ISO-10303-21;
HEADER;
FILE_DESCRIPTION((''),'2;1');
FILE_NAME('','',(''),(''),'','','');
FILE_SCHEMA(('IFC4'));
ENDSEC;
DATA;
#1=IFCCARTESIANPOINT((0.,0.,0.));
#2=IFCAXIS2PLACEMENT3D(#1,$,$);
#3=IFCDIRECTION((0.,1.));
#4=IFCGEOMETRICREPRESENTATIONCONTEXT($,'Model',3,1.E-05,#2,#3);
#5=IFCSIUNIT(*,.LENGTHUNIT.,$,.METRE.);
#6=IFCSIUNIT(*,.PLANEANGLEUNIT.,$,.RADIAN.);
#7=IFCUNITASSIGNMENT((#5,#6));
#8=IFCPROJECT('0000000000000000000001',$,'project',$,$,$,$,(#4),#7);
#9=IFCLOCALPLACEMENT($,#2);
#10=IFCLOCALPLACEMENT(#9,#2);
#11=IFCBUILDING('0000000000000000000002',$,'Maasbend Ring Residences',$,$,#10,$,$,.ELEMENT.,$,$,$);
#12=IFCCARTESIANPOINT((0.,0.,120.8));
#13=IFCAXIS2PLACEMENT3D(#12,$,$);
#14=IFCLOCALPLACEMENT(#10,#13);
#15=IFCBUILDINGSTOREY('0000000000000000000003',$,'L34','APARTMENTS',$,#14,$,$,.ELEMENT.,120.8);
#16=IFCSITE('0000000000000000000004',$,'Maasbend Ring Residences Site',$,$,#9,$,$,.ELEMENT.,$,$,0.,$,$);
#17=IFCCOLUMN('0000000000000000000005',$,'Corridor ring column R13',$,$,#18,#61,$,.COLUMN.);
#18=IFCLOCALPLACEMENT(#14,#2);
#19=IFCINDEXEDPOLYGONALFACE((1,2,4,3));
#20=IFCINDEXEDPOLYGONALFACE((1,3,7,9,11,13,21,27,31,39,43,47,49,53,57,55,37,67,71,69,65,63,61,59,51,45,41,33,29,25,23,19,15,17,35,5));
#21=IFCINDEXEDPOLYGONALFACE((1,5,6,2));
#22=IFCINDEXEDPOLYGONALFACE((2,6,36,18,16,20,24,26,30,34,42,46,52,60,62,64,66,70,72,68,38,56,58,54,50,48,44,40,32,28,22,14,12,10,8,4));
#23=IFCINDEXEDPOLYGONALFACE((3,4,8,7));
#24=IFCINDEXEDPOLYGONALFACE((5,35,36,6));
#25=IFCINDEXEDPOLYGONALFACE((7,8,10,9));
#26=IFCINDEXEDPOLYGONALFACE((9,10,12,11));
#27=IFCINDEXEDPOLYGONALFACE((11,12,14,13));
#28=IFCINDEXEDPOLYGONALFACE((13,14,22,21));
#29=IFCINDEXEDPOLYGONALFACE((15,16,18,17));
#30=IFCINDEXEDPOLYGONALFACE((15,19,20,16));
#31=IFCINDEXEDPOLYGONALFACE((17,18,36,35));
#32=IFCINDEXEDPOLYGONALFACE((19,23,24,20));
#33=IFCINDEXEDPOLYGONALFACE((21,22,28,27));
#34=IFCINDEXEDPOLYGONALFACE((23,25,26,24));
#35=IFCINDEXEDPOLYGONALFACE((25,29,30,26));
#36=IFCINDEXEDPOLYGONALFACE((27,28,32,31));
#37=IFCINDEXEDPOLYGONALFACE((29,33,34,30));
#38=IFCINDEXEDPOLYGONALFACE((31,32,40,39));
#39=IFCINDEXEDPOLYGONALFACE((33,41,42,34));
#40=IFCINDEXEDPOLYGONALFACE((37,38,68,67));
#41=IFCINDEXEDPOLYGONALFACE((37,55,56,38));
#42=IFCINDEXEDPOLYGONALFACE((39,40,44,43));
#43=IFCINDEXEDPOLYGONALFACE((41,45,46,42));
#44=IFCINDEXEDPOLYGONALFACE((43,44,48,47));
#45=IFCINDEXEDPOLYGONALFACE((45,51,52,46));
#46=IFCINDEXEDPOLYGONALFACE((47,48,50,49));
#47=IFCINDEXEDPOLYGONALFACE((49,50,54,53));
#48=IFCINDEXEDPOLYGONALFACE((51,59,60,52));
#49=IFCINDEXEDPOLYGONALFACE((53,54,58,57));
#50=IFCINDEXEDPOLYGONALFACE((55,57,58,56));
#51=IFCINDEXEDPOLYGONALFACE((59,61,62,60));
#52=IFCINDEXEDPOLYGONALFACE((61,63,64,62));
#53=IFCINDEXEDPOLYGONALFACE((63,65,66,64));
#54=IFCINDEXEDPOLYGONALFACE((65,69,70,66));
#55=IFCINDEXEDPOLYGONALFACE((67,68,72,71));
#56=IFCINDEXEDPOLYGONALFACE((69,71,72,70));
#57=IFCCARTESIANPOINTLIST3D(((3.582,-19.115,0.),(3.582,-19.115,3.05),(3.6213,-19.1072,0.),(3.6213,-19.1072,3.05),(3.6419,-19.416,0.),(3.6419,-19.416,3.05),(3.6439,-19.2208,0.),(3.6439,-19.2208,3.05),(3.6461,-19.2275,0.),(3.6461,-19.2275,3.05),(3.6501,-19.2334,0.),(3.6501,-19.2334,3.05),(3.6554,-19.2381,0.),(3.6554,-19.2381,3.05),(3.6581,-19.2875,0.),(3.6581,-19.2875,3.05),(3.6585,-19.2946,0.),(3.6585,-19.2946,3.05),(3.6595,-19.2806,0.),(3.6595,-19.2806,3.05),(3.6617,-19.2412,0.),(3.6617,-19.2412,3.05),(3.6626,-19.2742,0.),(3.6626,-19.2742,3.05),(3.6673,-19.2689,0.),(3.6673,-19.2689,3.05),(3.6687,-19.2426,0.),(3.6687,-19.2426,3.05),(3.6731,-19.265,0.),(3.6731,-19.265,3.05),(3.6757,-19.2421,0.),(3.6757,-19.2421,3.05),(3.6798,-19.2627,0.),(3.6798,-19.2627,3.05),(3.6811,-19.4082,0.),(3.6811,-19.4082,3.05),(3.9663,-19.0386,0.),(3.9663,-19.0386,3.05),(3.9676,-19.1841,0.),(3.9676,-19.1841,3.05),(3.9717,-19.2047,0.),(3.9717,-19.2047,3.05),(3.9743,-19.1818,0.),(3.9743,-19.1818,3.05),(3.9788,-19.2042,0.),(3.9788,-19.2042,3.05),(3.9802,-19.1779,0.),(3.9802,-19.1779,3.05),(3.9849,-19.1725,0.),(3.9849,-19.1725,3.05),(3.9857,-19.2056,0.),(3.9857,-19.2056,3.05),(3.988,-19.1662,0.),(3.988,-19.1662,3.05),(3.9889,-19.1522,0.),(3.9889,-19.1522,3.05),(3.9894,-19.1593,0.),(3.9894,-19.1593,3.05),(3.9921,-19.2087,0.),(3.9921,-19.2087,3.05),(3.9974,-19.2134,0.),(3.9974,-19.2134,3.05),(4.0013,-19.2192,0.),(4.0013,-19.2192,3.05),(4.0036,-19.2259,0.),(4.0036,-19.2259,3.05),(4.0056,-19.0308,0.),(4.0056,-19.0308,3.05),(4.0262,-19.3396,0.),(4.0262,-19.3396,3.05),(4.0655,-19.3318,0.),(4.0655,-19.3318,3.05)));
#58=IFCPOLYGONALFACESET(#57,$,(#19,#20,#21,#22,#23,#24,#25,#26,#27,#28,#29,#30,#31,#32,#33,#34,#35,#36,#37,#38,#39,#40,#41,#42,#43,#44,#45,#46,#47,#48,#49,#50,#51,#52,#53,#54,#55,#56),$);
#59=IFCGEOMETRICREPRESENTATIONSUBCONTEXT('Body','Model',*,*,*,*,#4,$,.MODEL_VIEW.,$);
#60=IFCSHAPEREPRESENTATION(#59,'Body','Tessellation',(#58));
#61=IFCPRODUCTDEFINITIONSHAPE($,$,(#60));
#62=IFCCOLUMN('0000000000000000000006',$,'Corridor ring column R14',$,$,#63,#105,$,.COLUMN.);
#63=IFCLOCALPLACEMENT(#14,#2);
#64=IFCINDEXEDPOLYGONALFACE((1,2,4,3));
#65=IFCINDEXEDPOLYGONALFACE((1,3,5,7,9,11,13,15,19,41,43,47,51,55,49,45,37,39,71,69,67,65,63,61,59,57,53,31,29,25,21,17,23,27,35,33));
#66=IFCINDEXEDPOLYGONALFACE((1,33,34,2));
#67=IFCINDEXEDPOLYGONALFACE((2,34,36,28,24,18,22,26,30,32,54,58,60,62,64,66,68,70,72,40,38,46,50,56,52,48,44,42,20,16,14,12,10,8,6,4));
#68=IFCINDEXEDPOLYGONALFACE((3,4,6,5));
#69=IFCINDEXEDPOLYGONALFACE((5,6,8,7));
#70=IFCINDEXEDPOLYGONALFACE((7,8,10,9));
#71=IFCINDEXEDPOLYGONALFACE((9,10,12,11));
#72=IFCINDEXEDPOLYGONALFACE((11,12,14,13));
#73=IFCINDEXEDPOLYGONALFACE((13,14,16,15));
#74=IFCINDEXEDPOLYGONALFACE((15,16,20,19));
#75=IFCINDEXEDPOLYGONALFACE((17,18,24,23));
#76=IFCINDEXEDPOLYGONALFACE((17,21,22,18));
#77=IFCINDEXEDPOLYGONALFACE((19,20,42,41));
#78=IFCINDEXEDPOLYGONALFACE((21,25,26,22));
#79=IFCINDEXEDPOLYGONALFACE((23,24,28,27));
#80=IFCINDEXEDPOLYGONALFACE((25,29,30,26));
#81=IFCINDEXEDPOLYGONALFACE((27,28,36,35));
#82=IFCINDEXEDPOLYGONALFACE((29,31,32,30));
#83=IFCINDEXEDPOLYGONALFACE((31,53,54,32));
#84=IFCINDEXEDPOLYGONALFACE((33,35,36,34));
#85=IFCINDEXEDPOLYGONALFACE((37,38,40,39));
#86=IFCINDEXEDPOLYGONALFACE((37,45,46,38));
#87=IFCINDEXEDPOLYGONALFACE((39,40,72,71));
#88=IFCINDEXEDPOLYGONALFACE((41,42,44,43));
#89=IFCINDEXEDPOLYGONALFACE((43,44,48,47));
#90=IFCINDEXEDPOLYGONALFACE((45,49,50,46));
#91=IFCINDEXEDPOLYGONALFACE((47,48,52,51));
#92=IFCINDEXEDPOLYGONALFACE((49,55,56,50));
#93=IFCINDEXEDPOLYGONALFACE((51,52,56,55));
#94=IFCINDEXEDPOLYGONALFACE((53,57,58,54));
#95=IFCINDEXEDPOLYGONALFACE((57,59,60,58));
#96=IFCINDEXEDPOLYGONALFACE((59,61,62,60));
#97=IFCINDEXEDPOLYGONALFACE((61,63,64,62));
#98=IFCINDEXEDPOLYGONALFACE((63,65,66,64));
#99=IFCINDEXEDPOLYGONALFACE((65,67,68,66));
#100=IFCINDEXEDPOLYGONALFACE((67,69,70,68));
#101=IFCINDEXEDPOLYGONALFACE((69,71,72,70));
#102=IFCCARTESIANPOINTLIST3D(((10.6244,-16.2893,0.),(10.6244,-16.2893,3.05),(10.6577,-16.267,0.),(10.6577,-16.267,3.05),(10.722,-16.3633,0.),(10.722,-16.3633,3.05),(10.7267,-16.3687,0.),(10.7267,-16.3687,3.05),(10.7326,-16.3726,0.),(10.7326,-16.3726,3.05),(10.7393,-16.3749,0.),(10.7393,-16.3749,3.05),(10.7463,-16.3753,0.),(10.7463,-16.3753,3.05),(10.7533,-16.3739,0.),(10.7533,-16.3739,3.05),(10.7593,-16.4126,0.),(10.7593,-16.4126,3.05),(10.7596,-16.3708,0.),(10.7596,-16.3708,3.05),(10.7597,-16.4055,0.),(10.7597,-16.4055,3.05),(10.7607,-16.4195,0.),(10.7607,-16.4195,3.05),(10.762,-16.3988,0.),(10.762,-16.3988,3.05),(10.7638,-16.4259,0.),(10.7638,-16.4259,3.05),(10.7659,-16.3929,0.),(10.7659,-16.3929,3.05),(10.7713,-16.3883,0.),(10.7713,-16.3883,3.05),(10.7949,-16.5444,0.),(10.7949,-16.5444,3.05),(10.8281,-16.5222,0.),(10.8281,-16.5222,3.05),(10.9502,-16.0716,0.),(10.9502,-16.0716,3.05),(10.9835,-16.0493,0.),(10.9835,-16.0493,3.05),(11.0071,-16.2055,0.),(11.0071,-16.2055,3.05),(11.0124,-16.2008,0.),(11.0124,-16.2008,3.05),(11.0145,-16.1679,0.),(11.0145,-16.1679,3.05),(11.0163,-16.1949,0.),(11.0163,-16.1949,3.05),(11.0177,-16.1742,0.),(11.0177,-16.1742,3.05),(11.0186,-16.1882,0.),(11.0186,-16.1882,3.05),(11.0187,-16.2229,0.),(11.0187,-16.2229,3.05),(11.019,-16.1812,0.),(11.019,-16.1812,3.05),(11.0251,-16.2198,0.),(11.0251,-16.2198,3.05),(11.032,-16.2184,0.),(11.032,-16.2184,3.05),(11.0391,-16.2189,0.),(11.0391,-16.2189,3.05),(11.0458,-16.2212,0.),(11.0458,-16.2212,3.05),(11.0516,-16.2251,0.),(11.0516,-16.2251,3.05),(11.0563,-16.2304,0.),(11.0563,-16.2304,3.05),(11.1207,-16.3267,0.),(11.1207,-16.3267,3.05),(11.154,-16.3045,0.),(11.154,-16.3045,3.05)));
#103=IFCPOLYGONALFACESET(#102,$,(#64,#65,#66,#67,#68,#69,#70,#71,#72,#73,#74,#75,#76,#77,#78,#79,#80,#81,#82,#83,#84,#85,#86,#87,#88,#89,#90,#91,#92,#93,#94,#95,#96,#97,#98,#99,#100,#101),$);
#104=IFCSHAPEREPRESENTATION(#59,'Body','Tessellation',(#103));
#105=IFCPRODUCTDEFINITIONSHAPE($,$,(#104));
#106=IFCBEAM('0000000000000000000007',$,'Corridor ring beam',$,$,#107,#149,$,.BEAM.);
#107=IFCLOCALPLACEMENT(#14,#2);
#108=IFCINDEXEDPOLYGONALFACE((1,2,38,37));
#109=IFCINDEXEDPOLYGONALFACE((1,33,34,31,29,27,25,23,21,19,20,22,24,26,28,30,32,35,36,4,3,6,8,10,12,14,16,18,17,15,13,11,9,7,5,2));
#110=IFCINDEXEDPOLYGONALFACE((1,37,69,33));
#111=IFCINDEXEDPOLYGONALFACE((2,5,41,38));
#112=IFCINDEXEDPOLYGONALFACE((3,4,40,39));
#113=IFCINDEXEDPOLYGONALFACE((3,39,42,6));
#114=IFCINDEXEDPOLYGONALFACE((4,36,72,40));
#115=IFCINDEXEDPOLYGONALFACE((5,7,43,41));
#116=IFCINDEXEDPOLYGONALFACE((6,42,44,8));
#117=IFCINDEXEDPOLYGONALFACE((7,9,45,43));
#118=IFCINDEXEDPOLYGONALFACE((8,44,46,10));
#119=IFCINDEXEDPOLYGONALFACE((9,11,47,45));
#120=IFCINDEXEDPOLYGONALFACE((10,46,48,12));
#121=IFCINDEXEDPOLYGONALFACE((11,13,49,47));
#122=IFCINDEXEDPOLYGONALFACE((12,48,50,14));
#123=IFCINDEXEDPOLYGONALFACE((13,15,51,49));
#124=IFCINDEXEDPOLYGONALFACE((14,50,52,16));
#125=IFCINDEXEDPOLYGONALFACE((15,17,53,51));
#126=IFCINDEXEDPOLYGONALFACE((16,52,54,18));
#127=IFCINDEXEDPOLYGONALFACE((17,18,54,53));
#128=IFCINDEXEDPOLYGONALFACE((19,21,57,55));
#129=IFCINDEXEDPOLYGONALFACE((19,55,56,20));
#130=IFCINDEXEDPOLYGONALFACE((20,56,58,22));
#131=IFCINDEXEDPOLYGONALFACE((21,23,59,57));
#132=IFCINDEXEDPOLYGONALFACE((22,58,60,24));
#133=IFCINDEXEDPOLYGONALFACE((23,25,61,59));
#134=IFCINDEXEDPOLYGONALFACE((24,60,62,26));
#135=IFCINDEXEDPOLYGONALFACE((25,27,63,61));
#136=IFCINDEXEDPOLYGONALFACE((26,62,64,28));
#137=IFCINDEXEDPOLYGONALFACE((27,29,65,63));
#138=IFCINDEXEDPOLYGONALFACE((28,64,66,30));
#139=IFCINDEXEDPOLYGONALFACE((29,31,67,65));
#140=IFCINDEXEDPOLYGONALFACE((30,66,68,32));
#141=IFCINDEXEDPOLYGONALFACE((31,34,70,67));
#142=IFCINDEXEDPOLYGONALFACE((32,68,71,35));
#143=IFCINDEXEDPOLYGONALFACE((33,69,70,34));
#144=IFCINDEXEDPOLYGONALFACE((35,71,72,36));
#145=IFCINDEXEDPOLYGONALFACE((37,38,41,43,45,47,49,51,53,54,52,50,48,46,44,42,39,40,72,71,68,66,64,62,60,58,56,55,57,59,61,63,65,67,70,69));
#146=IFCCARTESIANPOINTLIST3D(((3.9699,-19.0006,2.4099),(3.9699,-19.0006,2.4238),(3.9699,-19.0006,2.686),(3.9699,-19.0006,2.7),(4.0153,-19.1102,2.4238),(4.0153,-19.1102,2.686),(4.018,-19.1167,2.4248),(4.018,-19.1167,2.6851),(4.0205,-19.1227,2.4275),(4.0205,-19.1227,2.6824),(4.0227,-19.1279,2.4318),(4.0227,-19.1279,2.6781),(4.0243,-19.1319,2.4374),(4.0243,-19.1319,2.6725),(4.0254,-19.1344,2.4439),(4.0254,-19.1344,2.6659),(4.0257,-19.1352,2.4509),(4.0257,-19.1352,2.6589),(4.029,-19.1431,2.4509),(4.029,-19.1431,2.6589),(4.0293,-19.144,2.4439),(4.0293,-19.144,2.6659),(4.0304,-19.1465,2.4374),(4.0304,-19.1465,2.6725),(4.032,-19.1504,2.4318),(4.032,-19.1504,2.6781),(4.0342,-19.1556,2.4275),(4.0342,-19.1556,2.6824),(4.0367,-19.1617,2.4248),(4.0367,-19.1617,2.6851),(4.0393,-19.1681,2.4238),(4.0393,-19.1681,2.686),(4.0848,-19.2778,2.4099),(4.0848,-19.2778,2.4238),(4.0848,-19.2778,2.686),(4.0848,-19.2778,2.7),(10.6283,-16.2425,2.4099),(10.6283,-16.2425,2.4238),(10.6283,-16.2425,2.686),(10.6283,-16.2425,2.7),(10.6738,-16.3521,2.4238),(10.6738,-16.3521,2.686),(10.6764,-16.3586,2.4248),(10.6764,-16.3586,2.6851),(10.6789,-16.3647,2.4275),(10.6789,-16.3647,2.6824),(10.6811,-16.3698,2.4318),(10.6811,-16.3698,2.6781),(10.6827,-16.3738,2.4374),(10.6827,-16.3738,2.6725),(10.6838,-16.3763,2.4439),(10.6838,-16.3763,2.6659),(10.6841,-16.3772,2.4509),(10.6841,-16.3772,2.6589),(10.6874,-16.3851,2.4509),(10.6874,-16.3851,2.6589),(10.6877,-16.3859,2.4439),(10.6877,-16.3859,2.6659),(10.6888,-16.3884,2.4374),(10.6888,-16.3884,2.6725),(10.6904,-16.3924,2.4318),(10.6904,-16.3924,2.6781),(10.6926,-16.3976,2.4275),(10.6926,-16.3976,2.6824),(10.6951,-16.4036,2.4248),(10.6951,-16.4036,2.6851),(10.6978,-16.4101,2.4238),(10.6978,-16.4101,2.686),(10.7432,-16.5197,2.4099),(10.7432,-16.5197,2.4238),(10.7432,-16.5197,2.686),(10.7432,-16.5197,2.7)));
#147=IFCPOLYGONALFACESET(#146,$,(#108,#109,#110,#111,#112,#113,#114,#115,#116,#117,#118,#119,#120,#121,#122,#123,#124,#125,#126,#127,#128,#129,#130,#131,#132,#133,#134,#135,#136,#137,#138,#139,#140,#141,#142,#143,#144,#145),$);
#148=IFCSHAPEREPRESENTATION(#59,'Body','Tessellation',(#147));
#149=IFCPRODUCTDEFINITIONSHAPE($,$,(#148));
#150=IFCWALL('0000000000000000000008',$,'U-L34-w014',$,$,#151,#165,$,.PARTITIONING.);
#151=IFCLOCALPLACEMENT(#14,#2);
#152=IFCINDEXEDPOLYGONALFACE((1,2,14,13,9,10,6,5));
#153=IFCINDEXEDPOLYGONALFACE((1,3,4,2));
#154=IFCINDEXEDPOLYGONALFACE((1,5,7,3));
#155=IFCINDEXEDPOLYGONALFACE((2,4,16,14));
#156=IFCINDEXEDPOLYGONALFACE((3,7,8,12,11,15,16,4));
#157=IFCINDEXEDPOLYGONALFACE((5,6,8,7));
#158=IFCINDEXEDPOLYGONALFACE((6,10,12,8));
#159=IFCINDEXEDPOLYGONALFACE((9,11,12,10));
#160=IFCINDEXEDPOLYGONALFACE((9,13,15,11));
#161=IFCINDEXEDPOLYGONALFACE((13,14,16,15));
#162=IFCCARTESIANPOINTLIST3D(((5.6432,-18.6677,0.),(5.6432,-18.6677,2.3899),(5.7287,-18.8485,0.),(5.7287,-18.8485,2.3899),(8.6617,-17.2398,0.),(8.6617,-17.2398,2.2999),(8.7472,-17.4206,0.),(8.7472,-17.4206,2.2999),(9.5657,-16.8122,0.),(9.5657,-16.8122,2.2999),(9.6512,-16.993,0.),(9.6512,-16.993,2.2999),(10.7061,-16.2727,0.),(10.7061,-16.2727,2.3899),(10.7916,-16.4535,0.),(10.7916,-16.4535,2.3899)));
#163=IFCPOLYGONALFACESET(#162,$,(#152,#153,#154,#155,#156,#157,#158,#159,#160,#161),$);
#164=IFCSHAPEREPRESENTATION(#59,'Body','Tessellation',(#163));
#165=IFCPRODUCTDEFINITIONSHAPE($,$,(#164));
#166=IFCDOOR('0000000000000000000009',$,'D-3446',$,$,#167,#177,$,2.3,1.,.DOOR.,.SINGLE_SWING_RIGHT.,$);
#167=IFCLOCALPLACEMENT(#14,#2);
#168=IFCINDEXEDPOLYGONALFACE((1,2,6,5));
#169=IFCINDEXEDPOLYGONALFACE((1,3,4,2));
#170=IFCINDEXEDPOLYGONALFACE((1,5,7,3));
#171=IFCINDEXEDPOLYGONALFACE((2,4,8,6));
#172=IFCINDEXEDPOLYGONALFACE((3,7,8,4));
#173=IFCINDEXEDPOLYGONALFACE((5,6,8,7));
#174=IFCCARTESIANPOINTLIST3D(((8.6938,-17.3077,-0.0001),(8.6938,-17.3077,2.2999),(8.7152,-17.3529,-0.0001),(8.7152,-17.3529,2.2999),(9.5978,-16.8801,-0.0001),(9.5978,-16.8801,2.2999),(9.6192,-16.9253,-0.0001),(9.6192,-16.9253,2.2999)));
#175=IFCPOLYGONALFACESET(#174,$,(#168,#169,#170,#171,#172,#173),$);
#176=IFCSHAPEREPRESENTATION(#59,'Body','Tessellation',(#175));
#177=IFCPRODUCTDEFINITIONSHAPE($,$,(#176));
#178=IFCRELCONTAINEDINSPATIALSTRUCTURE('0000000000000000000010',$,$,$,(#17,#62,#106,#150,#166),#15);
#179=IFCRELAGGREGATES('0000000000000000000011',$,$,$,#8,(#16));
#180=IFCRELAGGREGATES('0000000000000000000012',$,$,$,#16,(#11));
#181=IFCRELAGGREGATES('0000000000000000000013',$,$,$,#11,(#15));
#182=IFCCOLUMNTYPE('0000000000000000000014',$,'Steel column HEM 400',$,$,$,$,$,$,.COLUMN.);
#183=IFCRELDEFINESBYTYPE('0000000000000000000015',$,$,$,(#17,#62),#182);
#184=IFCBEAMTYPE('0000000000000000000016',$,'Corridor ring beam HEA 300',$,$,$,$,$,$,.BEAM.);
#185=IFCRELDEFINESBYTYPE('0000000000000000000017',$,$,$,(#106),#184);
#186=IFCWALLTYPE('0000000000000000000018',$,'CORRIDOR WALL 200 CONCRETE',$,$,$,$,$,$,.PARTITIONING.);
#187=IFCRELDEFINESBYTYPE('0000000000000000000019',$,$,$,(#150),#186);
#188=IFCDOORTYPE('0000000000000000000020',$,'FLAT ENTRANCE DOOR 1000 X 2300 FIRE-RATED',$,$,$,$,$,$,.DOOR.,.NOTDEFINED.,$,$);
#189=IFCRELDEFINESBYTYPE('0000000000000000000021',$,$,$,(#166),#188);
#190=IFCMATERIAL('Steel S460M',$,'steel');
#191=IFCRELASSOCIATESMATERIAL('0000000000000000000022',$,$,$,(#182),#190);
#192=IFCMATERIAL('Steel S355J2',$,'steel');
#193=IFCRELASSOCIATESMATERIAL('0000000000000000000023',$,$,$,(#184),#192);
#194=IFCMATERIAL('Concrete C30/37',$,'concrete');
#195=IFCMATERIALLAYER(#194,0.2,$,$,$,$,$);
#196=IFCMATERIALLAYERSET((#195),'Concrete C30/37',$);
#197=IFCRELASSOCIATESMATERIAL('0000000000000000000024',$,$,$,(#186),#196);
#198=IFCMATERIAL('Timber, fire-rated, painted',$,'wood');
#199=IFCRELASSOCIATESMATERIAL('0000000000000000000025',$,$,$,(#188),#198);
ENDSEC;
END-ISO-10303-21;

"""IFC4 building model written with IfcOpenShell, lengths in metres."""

from ifc_helpers import new_model, si_unit, direction, frame, frame_2d, origin, origin_2d, place, context, subcontext, project, spatial, rectangle, i_section, extrude, material, layer, layer_set, material_profile, profile_set, type_object, element, fill, save


model = new_model("IFC4")

# Units and contexts
model_context = context("Model", 3, precision=1e-05, world=origin(), true_north=direction((0.0, 1.0)))
body_context = subcontext(model_context, "Body", "Model", "MODEL_VIEW")
ifc_project = project(units=[si_unit("LENGTHUNIT", "METRE"), si_unit("PLANEANGLEUNIT", "RADIAN")], contexts=[model_context])

# Site, building, storey
site_placement = place(None, origin())
site = spatial("IfcSite", under=ifc_project, at=site_placement, Name="Maasbend Ring Residences Site", CompositionType="ELEMENT", RefElevation=0.0)
building_placement = place(site_placement, origin())
building = spatial("IfcBuilding", under=site, at=building_placement, Name="Maasbend Ring Residences", CompositionType="ELEMENT")
storey_placement = place(building_placement, frame((0.0, 0.0, 120.8)))
storey = spatial("IfcBuildingStorey", under=building, at=storey_placement, Name="L34", Description="APARTMENTS", CompositionType="ELEMENT", Elevation=120.8)

# Columns
ifc_material_1 = material(Name="Steel S460M", Category="steel")
ifc_material_profile_1 = material_profile(ifc_material_1, i_section(OverallWidth=0.3069, OverallDepth=0.4319, WebThickness=0.021, FlangeThickness=0.04, FilletRadius=0.0271, at=origin_2d()), Name="HEM 400")
ifc_profile_set_1 = profile_set([ifc_material_profile_1], Name="Steel S460M")
column_type = type_object("IfcColumnType", Name="Steel column HEM 400", PredefinedType="COLUMN", material=ifc_profile_set_1)
for number, where, z_axis, x_axis, name in (
    (1, (3.8237, -19.2234, 0.0), (0.0, 0.0, 1.0), (0.19509, -0.980785, 0.0), "Corridor ring column R13"),
    (2, (10.8892, -16.2969, 0.0), (0.0, 0.0, 1.0), (0.55557, -0.83147, 0.0), "Corridor ring column R14"),
):
    element("IfcColumn", number, at=place(storey_placement, frame(where, z_axis=z_axis, x_axis=x_axis)), inside=storey, type_object=column_type, Name=name, PredefinedType="COLUMN", context=body_context, shape_type="SweptSolid", body=[
        extrude(i_section(OverallWidth=0.3069, OverallDepth=0.4319, WebThickness=0.021, FlangeThickness=0.04, FilletRadius=0.0271, at=origin_2d()), origin(), (0.0, 0.0, 1.0), 3.05),
    ])

# Beam
ifc_material_2 = material(Name="Steel S355J2", Category="steel")
ifc_material_profile_2 = material_profile(ifc_material_2, i_section(OverallWidth=0.3, OverallDepth=0.29, WebThickness=0.0085, FlangeThickness=0.0139, FilletRadius=0.0271, at=origin_2d()), Name="HEA 300")
ifc_profile_set_2 = profile_set([ifc_material_profile_2], Name="Steel S355J2")
beam_type = type_object("IfcBeamType", Name="Corridor ring beam HEA 300", PredefinedType="BEAM", material=ifc_profile_set_2)
beam_placement = place(storey_placement, frame((4.0273, -19.1392, 2.5549), z_axis=(0.923878, 0.382688, 0.0), x_axis=(-0.382688, 0.923878, 0.0)))
element("IfcBeam", 3, at=beam_placement, inside=storey, type_object=beam_type, Name="Corridor ring beam", PredefinedType="BEAM", context=body_context, shape_type="SweptSolid", body=[
    extrude(i_section(OverallWidth=0.3, OverallDepth=0.29, WebThickness=0.0085, FlangeThickness=0.0139, FilletRadius=0.0271, at=origin_2d()), origin(), (0.0, 0.0, 1.0), 7.207),
])

# Wall, opening, door
ifc_material_3 = material(Name="Concrete C30/37", Category="concrete")
ifc_layer_1 = layer(ifc_material_3, 0.2)
ifc_layer_set_1 = layer_set([ifc_layer_1], Name="Concrete C30/37")
wall_type_1 = type_object("IfcWallType", Name="CORRIDOR WALL 200 CONCRETE", PredefinedType="PARTITIONING", material=ifc_layer_set_1)
wall_1_placement = place(storey_placement, frame((5.686, -18.7581, 0.0), z_axis=(0.0, 0.0, 1.0), x_axis=(0.903961, 0.427614, 0.0)))
wall_1 = element("IfcWall", 4, at=wall_1_placement, inside=storey, type_object=wall_type_1, Name="U-L34-w014", PredefinedType="PARTITIONING", context=body_context, shape_type="SweptSolid", body=[
    extrude(rectangle(XDim=5.6008, YDim=0.2, at=frame_2d((2.8003, 0.0))), origin(), (0.0, 0.0, 1.0), 2.3899),
])
opening_1_placement = place(wall_1_placement, frame((3.3391, 0.0, 0.0)))
opening_1 = element("IfcOpeningElement", 5, at=opening_1_placement, cuts=wall_1, PredefinedType="OPENING", context=body_context, shape_type="SweptSolid", body=[
    extrude(rectangle(XDim=1.0, YDim=2.3, at=frame_2d((0.5, 1.1499))), frame((0.0, 0.1099, 0.0), z_axis=(0.0, -1.0, 0.0), x_axis=(1.0, 0.0, 0.0)), (0.0, 0.0, 1.0), 0.22),
])
ifc_material_4 = material(Name="Timber, fire-rated, painted", Category="wood")
door_type_1 = type_object("IfcDoorType", Name="FLAT ENTRANCE DOOR 1000 X 2300 FIRE-RATED", OperationType="NOTDEFINED", PredefinedType="DOOR", material=ifc_material_4)
door_1_placement = place(opening_1_placement, origin())
door_1 = element("IfcDoor", 6, at=door_1_placement, inside=storey, type_object=door_type_1, Name="D-3446", OperationType="SINGLE_SWING_RIGHT", OverallHeight=2.3, OverallWidth=1.0, PredefinedType="DOOR", context=body_context, shape_type="SweptSolid", body=[
    extrude(rectangle(XDim=1.0, YDim=2.3, at=frame_2d((0.5, 1.1499))), frame((0.0, 0.0249, 0.0), z_axis=(0.0, -1.0, 0.0), x_axis=(1.0, 0.0, 0.0)), (0.0, 0.0, 1.0), 0.05),
])
fill(opening_1, door_1)

save(model, "model.ifc")
